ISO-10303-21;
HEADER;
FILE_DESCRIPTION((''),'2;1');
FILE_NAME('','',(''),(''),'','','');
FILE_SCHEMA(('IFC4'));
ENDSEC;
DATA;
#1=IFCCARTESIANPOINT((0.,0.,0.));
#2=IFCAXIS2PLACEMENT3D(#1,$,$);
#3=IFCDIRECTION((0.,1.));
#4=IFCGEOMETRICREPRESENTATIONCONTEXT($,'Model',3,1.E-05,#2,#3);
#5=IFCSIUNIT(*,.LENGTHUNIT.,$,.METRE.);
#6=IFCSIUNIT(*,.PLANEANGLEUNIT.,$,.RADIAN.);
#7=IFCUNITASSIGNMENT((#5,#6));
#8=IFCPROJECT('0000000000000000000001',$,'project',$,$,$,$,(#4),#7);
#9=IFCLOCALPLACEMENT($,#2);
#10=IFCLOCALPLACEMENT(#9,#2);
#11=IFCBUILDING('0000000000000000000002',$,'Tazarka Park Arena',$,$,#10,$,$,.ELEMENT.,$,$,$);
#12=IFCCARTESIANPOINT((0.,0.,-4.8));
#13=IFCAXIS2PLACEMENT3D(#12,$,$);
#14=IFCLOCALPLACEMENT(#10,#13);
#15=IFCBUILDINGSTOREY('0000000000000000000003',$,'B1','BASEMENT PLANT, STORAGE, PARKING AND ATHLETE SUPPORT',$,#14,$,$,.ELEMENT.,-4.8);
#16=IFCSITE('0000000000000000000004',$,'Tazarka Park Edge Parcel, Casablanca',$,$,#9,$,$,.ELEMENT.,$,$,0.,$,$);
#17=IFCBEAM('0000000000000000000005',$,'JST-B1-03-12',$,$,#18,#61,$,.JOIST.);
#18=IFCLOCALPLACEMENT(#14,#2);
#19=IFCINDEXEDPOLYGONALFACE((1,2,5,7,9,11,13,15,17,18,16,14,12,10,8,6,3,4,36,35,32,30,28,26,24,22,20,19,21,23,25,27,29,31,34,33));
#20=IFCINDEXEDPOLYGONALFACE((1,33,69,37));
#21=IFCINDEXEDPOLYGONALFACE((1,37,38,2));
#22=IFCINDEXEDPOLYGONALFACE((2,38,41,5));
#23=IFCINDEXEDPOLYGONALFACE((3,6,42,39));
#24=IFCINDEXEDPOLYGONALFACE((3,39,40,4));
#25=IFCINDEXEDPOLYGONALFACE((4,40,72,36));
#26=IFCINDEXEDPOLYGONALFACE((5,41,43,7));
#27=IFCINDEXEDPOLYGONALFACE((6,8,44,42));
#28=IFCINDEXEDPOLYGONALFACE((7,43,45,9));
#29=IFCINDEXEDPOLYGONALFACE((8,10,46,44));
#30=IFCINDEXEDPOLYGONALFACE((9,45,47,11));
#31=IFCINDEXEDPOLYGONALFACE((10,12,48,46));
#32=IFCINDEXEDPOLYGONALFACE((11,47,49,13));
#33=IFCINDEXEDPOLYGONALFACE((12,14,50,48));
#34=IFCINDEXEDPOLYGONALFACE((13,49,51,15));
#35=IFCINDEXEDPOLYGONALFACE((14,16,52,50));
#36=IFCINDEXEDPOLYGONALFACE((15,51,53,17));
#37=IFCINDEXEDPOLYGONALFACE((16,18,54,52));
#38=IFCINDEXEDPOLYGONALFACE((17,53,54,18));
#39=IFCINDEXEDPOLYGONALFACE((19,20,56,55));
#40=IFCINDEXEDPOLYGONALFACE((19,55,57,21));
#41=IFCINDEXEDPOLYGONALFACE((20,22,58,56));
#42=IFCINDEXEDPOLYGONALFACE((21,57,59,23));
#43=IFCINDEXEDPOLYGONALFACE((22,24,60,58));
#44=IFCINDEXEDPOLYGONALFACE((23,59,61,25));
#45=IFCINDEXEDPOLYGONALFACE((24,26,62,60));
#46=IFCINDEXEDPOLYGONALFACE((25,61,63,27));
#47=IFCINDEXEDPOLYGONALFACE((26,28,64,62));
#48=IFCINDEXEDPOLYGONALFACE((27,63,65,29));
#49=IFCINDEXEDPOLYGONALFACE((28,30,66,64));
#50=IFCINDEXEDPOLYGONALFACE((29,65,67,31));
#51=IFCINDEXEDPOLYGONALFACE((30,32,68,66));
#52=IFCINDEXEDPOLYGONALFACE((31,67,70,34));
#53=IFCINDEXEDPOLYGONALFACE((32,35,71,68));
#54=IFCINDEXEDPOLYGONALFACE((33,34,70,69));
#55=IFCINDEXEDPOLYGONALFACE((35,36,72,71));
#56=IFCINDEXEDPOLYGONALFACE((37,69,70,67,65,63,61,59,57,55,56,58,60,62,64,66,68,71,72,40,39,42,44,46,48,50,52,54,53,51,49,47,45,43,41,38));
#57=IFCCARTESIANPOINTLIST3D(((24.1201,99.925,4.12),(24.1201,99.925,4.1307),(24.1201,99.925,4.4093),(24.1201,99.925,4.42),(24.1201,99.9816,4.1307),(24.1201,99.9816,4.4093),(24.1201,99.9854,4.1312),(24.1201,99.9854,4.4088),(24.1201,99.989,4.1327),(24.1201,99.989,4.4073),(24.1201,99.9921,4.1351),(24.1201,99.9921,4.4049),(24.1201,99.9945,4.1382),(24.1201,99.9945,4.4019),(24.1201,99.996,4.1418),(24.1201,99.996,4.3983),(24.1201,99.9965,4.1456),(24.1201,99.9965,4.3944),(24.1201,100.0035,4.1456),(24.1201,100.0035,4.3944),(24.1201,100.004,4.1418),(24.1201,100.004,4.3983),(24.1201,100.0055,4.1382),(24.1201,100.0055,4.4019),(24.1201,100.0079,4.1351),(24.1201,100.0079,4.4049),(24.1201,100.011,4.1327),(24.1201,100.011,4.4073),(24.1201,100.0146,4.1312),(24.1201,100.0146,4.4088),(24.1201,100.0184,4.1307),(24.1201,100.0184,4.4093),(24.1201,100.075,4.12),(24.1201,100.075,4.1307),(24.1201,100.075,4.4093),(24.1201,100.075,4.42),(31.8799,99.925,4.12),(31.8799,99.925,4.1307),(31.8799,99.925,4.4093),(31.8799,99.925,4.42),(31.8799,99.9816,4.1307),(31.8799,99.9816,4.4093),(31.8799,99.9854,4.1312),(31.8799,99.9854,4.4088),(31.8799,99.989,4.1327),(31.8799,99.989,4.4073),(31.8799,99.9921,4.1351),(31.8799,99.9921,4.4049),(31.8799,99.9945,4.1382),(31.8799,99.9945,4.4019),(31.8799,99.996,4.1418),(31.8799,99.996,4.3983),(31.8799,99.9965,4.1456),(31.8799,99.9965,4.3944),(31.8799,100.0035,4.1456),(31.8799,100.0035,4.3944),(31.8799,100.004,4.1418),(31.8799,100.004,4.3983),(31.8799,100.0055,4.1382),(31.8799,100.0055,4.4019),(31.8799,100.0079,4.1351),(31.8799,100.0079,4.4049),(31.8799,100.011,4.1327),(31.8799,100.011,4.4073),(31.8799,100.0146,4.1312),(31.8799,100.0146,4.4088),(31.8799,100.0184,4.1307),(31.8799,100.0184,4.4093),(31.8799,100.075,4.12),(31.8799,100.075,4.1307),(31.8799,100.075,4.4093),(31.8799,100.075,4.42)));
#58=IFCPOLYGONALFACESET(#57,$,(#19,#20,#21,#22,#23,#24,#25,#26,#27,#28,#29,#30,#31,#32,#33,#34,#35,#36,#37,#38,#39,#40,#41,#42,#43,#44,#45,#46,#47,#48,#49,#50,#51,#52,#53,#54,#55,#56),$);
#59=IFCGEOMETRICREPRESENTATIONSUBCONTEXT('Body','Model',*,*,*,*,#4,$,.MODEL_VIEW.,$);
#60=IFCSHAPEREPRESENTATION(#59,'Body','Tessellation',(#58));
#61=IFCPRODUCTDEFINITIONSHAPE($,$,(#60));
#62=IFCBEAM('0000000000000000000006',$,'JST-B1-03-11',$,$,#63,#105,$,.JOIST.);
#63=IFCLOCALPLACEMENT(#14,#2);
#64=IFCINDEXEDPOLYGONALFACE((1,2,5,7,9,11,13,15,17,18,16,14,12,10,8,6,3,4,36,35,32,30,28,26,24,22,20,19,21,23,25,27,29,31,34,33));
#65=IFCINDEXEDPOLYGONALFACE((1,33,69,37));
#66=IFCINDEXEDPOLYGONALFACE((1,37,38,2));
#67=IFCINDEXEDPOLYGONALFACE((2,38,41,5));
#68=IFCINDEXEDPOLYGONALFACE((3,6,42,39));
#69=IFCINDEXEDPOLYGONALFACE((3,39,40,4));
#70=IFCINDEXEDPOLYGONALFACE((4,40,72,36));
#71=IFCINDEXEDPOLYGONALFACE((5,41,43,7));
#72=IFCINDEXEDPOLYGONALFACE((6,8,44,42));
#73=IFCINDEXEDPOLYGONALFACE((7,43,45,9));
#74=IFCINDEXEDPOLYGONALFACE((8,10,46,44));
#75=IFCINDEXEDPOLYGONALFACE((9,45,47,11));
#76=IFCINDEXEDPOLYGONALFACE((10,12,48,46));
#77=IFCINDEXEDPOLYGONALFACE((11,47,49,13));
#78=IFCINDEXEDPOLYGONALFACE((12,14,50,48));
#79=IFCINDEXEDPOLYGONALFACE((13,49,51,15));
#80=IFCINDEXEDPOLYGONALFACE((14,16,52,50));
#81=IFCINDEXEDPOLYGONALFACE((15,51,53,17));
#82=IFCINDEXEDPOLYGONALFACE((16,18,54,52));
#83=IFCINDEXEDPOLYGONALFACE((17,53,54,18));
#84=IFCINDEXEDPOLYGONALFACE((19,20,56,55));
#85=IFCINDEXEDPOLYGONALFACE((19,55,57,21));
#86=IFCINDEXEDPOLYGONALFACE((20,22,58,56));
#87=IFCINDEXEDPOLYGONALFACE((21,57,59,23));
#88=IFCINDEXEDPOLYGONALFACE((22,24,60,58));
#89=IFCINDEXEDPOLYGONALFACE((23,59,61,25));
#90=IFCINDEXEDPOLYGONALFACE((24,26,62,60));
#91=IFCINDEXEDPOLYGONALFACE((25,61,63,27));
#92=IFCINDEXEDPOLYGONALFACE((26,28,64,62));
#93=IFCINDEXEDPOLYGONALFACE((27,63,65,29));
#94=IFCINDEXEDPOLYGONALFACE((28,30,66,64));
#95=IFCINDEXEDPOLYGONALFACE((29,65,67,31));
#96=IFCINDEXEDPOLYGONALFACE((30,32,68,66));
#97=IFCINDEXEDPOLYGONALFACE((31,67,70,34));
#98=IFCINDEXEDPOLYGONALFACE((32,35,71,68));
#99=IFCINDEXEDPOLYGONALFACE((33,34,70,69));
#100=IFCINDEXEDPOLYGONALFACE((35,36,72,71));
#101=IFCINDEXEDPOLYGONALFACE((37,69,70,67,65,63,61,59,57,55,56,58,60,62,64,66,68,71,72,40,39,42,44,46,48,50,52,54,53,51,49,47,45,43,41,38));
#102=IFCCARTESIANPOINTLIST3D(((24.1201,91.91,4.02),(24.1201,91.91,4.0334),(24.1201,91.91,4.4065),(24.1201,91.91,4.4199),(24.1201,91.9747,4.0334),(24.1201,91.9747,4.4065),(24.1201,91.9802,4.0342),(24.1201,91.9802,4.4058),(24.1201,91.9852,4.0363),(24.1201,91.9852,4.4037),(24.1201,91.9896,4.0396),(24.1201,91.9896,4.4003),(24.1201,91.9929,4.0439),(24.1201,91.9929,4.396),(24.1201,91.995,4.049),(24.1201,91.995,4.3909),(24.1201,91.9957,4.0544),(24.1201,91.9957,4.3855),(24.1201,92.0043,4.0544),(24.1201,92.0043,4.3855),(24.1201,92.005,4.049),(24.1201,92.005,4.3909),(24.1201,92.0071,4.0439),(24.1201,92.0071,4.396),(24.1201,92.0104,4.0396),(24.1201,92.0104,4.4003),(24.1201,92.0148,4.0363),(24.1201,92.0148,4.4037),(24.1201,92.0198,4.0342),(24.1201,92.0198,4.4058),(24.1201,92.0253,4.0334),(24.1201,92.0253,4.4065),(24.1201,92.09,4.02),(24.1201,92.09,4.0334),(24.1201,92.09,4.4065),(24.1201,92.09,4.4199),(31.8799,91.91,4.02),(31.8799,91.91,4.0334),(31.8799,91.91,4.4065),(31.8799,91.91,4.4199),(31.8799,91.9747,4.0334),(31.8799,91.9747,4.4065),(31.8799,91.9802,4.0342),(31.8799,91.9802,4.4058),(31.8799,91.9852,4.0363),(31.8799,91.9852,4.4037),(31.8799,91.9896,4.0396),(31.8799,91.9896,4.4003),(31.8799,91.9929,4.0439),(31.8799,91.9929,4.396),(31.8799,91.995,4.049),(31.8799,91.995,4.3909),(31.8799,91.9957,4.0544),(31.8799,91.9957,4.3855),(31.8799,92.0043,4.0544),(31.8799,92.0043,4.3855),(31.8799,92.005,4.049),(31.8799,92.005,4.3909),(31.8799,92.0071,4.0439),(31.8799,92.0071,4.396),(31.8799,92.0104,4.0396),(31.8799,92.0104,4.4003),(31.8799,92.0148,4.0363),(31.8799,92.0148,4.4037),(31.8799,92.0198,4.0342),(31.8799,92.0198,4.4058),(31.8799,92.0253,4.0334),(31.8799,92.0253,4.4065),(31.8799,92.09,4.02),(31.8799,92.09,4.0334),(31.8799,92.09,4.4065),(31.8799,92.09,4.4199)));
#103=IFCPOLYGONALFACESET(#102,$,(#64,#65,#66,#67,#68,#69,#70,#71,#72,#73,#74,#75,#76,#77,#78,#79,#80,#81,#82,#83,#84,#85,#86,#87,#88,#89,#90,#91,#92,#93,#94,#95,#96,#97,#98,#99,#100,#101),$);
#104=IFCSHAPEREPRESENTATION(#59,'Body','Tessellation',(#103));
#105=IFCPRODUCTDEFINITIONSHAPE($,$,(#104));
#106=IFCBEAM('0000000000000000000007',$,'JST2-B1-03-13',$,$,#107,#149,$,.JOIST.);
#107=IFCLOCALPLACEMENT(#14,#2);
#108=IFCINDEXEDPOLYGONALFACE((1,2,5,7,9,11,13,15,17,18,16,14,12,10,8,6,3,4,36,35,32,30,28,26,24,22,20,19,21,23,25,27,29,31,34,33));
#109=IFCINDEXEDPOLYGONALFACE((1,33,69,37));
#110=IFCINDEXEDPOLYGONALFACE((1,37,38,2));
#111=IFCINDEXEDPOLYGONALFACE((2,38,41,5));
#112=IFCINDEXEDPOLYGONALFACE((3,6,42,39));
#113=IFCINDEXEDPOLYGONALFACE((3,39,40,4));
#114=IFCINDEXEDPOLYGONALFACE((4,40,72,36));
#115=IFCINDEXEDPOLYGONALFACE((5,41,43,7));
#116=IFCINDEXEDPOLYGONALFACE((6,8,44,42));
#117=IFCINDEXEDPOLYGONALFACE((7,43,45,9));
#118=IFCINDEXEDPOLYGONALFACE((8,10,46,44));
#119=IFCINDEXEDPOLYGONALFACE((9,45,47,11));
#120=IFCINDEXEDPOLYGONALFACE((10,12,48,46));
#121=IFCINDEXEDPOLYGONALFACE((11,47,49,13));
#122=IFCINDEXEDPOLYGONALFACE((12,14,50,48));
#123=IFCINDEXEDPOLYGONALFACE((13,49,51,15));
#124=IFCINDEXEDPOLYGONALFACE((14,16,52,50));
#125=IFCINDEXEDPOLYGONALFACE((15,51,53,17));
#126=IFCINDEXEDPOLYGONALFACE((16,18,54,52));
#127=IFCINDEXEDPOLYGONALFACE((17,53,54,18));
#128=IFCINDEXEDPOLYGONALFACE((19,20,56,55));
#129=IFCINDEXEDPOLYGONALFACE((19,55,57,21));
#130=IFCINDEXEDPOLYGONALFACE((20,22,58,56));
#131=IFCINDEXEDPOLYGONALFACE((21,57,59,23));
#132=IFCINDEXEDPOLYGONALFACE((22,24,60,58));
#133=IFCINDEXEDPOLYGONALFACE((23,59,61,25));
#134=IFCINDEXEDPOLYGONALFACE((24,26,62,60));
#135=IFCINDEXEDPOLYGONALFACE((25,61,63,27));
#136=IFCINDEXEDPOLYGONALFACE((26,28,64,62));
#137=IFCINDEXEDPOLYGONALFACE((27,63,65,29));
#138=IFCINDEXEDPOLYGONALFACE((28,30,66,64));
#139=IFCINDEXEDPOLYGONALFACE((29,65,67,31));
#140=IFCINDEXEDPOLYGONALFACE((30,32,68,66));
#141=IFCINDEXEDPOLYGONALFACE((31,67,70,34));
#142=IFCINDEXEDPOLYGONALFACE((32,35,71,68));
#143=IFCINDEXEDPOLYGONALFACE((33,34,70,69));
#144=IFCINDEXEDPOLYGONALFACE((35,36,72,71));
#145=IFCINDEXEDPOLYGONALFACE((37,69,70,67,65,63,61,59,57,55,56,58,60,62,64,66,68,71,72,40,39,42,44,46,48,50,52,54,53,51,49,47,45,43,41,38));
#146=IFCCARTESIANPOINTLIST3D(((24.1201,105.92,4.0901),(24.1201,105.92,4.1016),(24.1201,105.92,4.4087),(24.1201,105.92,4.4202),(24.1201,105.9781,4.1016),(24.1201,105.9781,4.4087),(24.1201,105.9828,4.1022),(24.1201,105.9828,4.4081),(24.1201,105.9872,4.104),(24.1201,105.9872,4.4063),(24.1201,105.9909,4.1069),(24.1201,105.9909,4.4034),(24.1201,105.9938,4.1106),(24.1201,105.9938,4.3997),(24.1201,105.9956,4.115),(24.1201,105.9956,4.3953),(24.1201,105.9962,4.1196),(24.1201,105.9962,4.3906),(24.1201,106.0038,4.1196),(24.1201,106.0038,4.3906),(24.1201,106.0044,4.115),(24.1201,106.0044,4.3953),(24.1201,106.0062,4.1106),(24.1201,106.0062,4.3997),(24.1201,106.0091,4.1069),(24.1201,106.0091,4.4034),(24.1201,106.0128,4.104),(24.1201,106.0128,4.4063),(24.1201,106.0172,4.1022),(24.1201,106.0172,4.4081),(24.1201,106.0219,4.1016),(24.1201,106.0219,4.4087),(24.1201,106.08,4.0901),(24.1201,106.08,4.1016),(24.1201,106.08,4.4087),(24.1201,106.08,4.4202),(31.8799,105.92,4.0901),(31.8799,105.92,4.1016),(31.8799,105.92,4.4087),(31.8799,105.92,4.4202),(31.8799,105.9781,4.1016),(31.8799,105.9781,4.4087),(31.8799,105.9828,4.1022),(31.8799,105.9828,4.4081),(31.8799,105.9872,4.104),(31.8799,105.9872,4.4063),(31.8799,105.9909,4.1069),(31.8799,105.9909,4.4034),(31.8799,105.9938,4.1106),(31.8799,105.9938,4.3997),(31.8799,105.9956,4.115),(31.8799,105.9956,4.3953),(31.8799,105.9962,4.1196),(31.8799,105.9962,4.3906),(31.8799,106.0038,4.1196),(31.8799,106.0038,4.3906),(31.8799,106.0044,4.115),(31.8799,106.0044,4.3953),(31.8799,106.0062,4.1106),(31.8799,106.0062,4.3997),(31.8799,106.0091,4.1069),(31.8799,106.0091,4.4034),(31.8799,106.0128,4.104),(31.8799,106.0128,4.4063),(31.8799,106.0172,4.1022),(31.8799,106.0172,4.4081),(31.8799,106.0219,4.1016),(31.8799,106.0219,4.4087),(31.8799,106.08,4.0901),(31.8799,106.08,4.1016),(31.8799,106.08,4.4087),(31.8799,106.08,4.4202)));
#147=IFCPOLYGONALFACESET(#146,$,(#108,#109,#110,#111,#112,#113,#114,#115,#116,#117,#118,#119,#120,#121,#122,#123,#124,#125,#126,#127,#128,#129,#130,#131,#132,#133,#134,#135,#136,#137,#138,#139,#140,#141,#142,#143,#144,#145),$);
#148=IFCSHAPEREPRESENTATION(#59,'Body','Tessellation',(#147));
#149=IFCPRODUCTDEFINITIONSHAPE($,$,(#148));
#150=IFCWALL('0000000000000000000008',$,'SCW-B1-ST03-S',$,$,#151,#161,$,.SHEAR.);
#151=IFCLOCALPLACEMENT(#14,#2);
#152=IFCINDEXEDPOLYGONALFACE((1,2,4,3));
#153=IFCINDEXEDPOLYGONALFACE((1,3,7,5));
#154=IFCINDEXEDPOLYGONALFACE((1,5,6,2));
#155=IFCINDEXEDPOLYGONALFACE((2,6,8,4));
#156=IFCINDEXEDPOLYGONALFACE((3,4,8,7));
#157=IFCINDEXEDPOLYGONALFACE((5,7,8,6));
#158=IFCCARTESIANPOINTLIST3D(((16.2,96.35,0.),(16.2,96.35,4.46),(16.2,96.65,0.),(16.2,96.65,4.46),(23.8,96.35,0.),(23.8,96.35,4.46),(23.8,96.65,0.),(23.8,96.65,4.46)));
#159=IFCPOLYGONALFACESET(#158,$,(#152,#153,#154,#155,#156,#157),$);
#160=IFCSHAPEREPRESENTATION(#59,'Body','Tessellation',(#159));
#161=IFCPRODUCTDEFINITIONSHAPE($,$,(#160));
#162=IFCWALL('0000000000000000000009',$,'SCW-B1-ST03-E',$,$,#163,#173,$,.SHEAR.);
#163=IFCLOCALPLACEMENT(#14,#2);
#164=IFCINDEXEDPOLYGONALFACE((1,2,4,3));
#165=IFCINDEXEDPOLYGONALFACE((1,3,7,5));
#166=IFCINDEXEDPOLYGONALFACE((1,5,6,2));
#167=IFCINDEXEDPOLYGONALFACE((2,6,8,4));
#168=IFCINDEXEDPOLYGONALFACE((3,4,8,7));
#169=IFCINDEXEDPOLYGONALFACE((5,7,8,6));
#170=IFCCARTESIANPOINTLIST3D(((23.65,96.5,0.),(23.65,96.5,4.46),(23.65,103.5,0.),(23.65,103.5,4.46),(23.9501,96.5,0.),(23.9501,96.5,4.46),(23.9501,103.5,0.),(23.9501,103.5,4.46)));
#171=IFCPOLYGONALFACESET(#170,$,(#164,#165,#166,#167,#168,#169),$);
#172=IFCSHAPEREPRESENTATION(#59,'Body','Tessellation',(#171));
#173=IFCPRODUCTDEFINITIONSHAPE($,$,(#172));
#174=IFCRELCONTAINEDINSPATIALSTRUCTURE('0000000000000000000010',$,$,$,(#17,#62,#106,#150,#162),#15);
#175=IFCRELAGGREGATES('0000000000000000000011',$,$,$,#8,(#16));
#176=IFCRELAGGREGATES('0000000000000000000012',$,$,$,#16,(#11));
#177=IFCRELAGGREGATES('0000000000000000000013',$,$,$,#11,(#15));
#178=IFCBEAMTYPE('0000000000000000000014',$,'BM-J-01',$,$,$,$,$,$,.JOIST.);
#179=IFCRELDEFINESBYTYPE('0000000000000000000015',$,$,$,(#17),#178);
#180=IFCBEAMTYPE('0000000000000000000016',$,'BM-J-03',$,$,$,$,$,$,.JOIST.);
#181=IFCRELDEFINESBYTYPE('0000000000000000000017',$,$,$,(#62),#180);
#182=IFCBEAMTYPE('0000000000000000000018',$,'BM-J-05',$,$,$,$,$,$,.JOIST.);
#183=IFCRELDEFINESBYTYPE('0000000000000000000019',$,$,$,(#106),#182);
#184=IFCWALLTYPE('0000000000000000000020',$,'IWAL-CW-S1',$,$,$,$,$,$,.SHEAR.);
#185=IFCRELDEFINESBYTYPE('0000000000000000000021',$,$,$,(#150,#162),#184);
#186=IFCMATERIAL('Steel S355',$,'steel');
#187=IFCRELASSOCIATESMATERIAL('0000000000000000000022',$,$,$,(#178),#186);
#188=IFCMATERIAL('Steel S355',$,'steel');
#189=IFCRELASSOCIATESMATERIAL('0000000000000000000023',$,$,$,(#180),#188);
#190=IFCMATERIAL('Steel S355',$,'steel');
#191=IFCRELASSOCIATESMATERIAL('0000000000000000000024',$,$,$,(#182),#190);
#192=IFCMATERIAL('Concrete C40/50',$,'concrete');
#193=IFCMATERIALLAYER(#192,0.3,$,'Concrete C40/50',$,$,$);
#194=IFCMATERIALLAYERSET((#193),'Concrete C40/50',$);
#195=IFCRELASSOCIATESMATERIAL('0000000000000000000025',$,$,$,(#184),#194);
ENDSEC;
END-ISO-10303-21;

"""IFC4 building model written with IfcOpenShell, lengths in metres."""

from ifc_helpers import new_model, si_unit, direction, frame, frame_2d, origin, origin_2d, place, context, subcontext, project, spatial, rectangle, i_section, extrude, material, layer, layer_set, material_profile, profile_set, type_object, element, save


model = new_model("IFC4")

# Units and contexts
model_context = context("Model", 3, precision=1e-05, world=origin(), true_north=direction((0.0, 1.0)))
body_context = subcontext(model_context, "Body", "Model", "MODEL_VIEW")
ifc_project = project(units=[si_unit("LENGTHUNIT", "METRE"), si_unit("PLANEANGLEUNIT", "RADIAN")], contexts=[model_context])

# Site, building, storey
site_placement = place(None, origin())
site = spatial("IfcSite", under=ifc_project, at=site_placement, Name="Tazarka Park Edge Parcel, Casablanca", CompositionType="ELEMENT", RefElevation=0.0)
building_placement = place(site_placement, origin())
building = spatial("IfcBuilding", under=site, at=building_placement, Name="Tazarka Park Arena", CompositionType="ELEMENT")
storey_placement = place(building_placement, frame((0.0, 0.0, -4.8)))
storey = spatial("IfcBuildingStorey", under=building, at=storey_placement, Name="B1", Description="BASEMENT PLANT, STORAGE, PARKING AND ATHLETE SUPPORT", CompositionType="ELEMENT", Elevation=-4.8)

# Beams
ifc_material_1 = material(Name="Steel S355", Category="steel")
ifc_material_profile_1 = material_profile(ifc_material_1, i_section(OverallWidth=0.1499, OverallDepth=0.3, WebThickness=0.0071, FlangeThickness=0.0107, FilletRadius=0.0149, at=origin_2d()), Name="Steel S355")
ifc_profile_set_1 = profile_set([ifc_material_profile_1], Name="Steel S355")
beam_type_1 = type_object("IfcBeamType", Name="BM-J-01", PredefinedType="JOIST", material=ifc_profile_set_1)
beam_1_placement = place(storey_placement, frame((24.1201, 100.0, 4.27), z_axis=(1.0, 0.0, 0.0), x_axis=(0.0, 1.0, 0.0)))
element("IfcBeam", 1, at=beam_1_placement, inside=storey, type_object=beam_type_1, Name="JST-B1-03-12", PredefinedType="JOIST", context=body_context, shape_type="SweptSolid", body=[
    extrude(i_section(OverallWidth=0.1499, OverallDepth=0.3, WebThickness=0.0071, FlangeThickness=0.0107, FilletRadius=0.0149, at=origin_2d()), origin(), (0.0, 0.0, 1.0), 7.7598),
])
ifc_material_2 = material(Name="Steel S355", Category="steel")
ifc_material_profile_2 = material_profile(ifc_material_2, i_section(OverallWidth=0.1799, OverallDepth=0.3999, WebThickness=0.0085, FlangeThickness=0.0134, FilletRadius=0.021, at=origin_2d()), Name="Steel S355")
ifc_profile_set_2 = profile_set([ifc_material_profile_2], Name="Steel S355")
beam_type_2 = type_object("IfcBeamType", Name="BM-J-03", PredefinedType="JOIST", material=ifc_profile_set_2)
beam_2_placement = place(storey_placement, frame((24.1201, 92.0, 4.22), z_axis=(1.0, 0.0, 0.0), x_axis=(0.0, 1.0, 0.0)))
element("IfcBeam", 2, at=beam_2_placement, inside=storey, type_object=beam_type_2, Name="JST-B1-03-11", PredefinedType="JOIST", context=body_context, shape_type="SweptSolid", body=[
    extrude(i_section(OverallWidth=0.1799, OverallDepth=0.3999, WebThickness=0.0085, FlangeThickness=0.0134, FilletRadius=0.021, at=origin_2d()), origin(), (0.0, 0.0, 1.0), 7.7598),
])
ifc_material_3 = material(Name="Steel S355", Category="steel")
ifc_material_profile_3 = material_profile(ifc_material_3, i_section(OverallWidth=0.1599, OverallDepth=0.3301, WebThickness=0.0076, FlangeThickness=0.0115, FilletRadius=0.0181, at=origin_2d()), Name="Steel S355")
ifc_profile_set_3 = profile_set([ifc_material_profile_3], Name="Steel S355")
beam_type_3 = type_object("IfcBeamType", Name="BM-J-05", PredefinedType="JOIST", material=ifc_profile_set_3)
beam_3_placement = place(storey_placement, frame((24.1201, 106.0, 4.2551), z_axis=(1.0, 0.0, 0.0), x_axis=(0.0, 1.0, 0.0)))
element("IfcBeam", 3, at=beam_3_placement, inside=storey, type_object=beam_type_3, Name="JST2-B1-03-13", PredefinedType="JOIST", context=body_context, shape_type="SweptSolid", body=[
    extrude(i_section(OverallWidth=0.1599, OverallDepth=0.3301, WebThickness=0.0076, FlangeThickness=0.0115, FilletRadius=0.0181, at=origin_2d()), origin(), (0.0, 0.0, 1.0), 7.7598),
])

# Walls
ifc_material_4 = material(Name="Concrete C40/50", Category="concrete")
ifc_layer_1 = layer(ifc_material_4, 0.3, Name="Concrete C40/50")
ifc_layer_set_1 = layer_set([ifc_layer_1], Name="Concrete C40/50")
wall_type_1 = type_object("IfcWallType", Name="IWAL-CW-S1", PredefinedType="SHEAR", material=ifc_layer_set_1)
wall_1_placement = place(storey_placement, frame((23.8, 96.5, 0.0), z_axis=(0.0, 0.0, 1.0), x_axis=(-1.0, 0.0, 0.0)))
element("IfcWall", 4, at=wall_1_placement, inside=storey, type_object=wall_type_1, Name="SCW-B1-ST03-S", PredefinedType="SHEAR", context=body_context, shape_type="SweptSolid", body=[
    extrude(rectangle(XDim=7.6001, YDim=0.3, at=frame_2d((3.8, 0.0))), origin(), (0.0, 0.0, 1.0), 4.46),
])
wall_2_placement = place(storey_placement, frame((23.8, 103.5, 0.0), z_axis=(0.0, 0.0, 1.0), x_axis=(0.0, -1.0, 0.0)))
element("IfcWall", 5, at=wall_2_placement, inside=storey, type_object=wall_type_1, Name="SCW-B1-ST03-E", PredefinedType="SHEAR", context=body_context, shape_type="SweptSolid", body=[
    extrude(rectangle(XDim=7.0, YDim=0.3, at=frame_2d((3.5, 0.0))), origin(), (0.0, 0.0, 1.0), 4.46),
])

save(model, "model.ifc")
